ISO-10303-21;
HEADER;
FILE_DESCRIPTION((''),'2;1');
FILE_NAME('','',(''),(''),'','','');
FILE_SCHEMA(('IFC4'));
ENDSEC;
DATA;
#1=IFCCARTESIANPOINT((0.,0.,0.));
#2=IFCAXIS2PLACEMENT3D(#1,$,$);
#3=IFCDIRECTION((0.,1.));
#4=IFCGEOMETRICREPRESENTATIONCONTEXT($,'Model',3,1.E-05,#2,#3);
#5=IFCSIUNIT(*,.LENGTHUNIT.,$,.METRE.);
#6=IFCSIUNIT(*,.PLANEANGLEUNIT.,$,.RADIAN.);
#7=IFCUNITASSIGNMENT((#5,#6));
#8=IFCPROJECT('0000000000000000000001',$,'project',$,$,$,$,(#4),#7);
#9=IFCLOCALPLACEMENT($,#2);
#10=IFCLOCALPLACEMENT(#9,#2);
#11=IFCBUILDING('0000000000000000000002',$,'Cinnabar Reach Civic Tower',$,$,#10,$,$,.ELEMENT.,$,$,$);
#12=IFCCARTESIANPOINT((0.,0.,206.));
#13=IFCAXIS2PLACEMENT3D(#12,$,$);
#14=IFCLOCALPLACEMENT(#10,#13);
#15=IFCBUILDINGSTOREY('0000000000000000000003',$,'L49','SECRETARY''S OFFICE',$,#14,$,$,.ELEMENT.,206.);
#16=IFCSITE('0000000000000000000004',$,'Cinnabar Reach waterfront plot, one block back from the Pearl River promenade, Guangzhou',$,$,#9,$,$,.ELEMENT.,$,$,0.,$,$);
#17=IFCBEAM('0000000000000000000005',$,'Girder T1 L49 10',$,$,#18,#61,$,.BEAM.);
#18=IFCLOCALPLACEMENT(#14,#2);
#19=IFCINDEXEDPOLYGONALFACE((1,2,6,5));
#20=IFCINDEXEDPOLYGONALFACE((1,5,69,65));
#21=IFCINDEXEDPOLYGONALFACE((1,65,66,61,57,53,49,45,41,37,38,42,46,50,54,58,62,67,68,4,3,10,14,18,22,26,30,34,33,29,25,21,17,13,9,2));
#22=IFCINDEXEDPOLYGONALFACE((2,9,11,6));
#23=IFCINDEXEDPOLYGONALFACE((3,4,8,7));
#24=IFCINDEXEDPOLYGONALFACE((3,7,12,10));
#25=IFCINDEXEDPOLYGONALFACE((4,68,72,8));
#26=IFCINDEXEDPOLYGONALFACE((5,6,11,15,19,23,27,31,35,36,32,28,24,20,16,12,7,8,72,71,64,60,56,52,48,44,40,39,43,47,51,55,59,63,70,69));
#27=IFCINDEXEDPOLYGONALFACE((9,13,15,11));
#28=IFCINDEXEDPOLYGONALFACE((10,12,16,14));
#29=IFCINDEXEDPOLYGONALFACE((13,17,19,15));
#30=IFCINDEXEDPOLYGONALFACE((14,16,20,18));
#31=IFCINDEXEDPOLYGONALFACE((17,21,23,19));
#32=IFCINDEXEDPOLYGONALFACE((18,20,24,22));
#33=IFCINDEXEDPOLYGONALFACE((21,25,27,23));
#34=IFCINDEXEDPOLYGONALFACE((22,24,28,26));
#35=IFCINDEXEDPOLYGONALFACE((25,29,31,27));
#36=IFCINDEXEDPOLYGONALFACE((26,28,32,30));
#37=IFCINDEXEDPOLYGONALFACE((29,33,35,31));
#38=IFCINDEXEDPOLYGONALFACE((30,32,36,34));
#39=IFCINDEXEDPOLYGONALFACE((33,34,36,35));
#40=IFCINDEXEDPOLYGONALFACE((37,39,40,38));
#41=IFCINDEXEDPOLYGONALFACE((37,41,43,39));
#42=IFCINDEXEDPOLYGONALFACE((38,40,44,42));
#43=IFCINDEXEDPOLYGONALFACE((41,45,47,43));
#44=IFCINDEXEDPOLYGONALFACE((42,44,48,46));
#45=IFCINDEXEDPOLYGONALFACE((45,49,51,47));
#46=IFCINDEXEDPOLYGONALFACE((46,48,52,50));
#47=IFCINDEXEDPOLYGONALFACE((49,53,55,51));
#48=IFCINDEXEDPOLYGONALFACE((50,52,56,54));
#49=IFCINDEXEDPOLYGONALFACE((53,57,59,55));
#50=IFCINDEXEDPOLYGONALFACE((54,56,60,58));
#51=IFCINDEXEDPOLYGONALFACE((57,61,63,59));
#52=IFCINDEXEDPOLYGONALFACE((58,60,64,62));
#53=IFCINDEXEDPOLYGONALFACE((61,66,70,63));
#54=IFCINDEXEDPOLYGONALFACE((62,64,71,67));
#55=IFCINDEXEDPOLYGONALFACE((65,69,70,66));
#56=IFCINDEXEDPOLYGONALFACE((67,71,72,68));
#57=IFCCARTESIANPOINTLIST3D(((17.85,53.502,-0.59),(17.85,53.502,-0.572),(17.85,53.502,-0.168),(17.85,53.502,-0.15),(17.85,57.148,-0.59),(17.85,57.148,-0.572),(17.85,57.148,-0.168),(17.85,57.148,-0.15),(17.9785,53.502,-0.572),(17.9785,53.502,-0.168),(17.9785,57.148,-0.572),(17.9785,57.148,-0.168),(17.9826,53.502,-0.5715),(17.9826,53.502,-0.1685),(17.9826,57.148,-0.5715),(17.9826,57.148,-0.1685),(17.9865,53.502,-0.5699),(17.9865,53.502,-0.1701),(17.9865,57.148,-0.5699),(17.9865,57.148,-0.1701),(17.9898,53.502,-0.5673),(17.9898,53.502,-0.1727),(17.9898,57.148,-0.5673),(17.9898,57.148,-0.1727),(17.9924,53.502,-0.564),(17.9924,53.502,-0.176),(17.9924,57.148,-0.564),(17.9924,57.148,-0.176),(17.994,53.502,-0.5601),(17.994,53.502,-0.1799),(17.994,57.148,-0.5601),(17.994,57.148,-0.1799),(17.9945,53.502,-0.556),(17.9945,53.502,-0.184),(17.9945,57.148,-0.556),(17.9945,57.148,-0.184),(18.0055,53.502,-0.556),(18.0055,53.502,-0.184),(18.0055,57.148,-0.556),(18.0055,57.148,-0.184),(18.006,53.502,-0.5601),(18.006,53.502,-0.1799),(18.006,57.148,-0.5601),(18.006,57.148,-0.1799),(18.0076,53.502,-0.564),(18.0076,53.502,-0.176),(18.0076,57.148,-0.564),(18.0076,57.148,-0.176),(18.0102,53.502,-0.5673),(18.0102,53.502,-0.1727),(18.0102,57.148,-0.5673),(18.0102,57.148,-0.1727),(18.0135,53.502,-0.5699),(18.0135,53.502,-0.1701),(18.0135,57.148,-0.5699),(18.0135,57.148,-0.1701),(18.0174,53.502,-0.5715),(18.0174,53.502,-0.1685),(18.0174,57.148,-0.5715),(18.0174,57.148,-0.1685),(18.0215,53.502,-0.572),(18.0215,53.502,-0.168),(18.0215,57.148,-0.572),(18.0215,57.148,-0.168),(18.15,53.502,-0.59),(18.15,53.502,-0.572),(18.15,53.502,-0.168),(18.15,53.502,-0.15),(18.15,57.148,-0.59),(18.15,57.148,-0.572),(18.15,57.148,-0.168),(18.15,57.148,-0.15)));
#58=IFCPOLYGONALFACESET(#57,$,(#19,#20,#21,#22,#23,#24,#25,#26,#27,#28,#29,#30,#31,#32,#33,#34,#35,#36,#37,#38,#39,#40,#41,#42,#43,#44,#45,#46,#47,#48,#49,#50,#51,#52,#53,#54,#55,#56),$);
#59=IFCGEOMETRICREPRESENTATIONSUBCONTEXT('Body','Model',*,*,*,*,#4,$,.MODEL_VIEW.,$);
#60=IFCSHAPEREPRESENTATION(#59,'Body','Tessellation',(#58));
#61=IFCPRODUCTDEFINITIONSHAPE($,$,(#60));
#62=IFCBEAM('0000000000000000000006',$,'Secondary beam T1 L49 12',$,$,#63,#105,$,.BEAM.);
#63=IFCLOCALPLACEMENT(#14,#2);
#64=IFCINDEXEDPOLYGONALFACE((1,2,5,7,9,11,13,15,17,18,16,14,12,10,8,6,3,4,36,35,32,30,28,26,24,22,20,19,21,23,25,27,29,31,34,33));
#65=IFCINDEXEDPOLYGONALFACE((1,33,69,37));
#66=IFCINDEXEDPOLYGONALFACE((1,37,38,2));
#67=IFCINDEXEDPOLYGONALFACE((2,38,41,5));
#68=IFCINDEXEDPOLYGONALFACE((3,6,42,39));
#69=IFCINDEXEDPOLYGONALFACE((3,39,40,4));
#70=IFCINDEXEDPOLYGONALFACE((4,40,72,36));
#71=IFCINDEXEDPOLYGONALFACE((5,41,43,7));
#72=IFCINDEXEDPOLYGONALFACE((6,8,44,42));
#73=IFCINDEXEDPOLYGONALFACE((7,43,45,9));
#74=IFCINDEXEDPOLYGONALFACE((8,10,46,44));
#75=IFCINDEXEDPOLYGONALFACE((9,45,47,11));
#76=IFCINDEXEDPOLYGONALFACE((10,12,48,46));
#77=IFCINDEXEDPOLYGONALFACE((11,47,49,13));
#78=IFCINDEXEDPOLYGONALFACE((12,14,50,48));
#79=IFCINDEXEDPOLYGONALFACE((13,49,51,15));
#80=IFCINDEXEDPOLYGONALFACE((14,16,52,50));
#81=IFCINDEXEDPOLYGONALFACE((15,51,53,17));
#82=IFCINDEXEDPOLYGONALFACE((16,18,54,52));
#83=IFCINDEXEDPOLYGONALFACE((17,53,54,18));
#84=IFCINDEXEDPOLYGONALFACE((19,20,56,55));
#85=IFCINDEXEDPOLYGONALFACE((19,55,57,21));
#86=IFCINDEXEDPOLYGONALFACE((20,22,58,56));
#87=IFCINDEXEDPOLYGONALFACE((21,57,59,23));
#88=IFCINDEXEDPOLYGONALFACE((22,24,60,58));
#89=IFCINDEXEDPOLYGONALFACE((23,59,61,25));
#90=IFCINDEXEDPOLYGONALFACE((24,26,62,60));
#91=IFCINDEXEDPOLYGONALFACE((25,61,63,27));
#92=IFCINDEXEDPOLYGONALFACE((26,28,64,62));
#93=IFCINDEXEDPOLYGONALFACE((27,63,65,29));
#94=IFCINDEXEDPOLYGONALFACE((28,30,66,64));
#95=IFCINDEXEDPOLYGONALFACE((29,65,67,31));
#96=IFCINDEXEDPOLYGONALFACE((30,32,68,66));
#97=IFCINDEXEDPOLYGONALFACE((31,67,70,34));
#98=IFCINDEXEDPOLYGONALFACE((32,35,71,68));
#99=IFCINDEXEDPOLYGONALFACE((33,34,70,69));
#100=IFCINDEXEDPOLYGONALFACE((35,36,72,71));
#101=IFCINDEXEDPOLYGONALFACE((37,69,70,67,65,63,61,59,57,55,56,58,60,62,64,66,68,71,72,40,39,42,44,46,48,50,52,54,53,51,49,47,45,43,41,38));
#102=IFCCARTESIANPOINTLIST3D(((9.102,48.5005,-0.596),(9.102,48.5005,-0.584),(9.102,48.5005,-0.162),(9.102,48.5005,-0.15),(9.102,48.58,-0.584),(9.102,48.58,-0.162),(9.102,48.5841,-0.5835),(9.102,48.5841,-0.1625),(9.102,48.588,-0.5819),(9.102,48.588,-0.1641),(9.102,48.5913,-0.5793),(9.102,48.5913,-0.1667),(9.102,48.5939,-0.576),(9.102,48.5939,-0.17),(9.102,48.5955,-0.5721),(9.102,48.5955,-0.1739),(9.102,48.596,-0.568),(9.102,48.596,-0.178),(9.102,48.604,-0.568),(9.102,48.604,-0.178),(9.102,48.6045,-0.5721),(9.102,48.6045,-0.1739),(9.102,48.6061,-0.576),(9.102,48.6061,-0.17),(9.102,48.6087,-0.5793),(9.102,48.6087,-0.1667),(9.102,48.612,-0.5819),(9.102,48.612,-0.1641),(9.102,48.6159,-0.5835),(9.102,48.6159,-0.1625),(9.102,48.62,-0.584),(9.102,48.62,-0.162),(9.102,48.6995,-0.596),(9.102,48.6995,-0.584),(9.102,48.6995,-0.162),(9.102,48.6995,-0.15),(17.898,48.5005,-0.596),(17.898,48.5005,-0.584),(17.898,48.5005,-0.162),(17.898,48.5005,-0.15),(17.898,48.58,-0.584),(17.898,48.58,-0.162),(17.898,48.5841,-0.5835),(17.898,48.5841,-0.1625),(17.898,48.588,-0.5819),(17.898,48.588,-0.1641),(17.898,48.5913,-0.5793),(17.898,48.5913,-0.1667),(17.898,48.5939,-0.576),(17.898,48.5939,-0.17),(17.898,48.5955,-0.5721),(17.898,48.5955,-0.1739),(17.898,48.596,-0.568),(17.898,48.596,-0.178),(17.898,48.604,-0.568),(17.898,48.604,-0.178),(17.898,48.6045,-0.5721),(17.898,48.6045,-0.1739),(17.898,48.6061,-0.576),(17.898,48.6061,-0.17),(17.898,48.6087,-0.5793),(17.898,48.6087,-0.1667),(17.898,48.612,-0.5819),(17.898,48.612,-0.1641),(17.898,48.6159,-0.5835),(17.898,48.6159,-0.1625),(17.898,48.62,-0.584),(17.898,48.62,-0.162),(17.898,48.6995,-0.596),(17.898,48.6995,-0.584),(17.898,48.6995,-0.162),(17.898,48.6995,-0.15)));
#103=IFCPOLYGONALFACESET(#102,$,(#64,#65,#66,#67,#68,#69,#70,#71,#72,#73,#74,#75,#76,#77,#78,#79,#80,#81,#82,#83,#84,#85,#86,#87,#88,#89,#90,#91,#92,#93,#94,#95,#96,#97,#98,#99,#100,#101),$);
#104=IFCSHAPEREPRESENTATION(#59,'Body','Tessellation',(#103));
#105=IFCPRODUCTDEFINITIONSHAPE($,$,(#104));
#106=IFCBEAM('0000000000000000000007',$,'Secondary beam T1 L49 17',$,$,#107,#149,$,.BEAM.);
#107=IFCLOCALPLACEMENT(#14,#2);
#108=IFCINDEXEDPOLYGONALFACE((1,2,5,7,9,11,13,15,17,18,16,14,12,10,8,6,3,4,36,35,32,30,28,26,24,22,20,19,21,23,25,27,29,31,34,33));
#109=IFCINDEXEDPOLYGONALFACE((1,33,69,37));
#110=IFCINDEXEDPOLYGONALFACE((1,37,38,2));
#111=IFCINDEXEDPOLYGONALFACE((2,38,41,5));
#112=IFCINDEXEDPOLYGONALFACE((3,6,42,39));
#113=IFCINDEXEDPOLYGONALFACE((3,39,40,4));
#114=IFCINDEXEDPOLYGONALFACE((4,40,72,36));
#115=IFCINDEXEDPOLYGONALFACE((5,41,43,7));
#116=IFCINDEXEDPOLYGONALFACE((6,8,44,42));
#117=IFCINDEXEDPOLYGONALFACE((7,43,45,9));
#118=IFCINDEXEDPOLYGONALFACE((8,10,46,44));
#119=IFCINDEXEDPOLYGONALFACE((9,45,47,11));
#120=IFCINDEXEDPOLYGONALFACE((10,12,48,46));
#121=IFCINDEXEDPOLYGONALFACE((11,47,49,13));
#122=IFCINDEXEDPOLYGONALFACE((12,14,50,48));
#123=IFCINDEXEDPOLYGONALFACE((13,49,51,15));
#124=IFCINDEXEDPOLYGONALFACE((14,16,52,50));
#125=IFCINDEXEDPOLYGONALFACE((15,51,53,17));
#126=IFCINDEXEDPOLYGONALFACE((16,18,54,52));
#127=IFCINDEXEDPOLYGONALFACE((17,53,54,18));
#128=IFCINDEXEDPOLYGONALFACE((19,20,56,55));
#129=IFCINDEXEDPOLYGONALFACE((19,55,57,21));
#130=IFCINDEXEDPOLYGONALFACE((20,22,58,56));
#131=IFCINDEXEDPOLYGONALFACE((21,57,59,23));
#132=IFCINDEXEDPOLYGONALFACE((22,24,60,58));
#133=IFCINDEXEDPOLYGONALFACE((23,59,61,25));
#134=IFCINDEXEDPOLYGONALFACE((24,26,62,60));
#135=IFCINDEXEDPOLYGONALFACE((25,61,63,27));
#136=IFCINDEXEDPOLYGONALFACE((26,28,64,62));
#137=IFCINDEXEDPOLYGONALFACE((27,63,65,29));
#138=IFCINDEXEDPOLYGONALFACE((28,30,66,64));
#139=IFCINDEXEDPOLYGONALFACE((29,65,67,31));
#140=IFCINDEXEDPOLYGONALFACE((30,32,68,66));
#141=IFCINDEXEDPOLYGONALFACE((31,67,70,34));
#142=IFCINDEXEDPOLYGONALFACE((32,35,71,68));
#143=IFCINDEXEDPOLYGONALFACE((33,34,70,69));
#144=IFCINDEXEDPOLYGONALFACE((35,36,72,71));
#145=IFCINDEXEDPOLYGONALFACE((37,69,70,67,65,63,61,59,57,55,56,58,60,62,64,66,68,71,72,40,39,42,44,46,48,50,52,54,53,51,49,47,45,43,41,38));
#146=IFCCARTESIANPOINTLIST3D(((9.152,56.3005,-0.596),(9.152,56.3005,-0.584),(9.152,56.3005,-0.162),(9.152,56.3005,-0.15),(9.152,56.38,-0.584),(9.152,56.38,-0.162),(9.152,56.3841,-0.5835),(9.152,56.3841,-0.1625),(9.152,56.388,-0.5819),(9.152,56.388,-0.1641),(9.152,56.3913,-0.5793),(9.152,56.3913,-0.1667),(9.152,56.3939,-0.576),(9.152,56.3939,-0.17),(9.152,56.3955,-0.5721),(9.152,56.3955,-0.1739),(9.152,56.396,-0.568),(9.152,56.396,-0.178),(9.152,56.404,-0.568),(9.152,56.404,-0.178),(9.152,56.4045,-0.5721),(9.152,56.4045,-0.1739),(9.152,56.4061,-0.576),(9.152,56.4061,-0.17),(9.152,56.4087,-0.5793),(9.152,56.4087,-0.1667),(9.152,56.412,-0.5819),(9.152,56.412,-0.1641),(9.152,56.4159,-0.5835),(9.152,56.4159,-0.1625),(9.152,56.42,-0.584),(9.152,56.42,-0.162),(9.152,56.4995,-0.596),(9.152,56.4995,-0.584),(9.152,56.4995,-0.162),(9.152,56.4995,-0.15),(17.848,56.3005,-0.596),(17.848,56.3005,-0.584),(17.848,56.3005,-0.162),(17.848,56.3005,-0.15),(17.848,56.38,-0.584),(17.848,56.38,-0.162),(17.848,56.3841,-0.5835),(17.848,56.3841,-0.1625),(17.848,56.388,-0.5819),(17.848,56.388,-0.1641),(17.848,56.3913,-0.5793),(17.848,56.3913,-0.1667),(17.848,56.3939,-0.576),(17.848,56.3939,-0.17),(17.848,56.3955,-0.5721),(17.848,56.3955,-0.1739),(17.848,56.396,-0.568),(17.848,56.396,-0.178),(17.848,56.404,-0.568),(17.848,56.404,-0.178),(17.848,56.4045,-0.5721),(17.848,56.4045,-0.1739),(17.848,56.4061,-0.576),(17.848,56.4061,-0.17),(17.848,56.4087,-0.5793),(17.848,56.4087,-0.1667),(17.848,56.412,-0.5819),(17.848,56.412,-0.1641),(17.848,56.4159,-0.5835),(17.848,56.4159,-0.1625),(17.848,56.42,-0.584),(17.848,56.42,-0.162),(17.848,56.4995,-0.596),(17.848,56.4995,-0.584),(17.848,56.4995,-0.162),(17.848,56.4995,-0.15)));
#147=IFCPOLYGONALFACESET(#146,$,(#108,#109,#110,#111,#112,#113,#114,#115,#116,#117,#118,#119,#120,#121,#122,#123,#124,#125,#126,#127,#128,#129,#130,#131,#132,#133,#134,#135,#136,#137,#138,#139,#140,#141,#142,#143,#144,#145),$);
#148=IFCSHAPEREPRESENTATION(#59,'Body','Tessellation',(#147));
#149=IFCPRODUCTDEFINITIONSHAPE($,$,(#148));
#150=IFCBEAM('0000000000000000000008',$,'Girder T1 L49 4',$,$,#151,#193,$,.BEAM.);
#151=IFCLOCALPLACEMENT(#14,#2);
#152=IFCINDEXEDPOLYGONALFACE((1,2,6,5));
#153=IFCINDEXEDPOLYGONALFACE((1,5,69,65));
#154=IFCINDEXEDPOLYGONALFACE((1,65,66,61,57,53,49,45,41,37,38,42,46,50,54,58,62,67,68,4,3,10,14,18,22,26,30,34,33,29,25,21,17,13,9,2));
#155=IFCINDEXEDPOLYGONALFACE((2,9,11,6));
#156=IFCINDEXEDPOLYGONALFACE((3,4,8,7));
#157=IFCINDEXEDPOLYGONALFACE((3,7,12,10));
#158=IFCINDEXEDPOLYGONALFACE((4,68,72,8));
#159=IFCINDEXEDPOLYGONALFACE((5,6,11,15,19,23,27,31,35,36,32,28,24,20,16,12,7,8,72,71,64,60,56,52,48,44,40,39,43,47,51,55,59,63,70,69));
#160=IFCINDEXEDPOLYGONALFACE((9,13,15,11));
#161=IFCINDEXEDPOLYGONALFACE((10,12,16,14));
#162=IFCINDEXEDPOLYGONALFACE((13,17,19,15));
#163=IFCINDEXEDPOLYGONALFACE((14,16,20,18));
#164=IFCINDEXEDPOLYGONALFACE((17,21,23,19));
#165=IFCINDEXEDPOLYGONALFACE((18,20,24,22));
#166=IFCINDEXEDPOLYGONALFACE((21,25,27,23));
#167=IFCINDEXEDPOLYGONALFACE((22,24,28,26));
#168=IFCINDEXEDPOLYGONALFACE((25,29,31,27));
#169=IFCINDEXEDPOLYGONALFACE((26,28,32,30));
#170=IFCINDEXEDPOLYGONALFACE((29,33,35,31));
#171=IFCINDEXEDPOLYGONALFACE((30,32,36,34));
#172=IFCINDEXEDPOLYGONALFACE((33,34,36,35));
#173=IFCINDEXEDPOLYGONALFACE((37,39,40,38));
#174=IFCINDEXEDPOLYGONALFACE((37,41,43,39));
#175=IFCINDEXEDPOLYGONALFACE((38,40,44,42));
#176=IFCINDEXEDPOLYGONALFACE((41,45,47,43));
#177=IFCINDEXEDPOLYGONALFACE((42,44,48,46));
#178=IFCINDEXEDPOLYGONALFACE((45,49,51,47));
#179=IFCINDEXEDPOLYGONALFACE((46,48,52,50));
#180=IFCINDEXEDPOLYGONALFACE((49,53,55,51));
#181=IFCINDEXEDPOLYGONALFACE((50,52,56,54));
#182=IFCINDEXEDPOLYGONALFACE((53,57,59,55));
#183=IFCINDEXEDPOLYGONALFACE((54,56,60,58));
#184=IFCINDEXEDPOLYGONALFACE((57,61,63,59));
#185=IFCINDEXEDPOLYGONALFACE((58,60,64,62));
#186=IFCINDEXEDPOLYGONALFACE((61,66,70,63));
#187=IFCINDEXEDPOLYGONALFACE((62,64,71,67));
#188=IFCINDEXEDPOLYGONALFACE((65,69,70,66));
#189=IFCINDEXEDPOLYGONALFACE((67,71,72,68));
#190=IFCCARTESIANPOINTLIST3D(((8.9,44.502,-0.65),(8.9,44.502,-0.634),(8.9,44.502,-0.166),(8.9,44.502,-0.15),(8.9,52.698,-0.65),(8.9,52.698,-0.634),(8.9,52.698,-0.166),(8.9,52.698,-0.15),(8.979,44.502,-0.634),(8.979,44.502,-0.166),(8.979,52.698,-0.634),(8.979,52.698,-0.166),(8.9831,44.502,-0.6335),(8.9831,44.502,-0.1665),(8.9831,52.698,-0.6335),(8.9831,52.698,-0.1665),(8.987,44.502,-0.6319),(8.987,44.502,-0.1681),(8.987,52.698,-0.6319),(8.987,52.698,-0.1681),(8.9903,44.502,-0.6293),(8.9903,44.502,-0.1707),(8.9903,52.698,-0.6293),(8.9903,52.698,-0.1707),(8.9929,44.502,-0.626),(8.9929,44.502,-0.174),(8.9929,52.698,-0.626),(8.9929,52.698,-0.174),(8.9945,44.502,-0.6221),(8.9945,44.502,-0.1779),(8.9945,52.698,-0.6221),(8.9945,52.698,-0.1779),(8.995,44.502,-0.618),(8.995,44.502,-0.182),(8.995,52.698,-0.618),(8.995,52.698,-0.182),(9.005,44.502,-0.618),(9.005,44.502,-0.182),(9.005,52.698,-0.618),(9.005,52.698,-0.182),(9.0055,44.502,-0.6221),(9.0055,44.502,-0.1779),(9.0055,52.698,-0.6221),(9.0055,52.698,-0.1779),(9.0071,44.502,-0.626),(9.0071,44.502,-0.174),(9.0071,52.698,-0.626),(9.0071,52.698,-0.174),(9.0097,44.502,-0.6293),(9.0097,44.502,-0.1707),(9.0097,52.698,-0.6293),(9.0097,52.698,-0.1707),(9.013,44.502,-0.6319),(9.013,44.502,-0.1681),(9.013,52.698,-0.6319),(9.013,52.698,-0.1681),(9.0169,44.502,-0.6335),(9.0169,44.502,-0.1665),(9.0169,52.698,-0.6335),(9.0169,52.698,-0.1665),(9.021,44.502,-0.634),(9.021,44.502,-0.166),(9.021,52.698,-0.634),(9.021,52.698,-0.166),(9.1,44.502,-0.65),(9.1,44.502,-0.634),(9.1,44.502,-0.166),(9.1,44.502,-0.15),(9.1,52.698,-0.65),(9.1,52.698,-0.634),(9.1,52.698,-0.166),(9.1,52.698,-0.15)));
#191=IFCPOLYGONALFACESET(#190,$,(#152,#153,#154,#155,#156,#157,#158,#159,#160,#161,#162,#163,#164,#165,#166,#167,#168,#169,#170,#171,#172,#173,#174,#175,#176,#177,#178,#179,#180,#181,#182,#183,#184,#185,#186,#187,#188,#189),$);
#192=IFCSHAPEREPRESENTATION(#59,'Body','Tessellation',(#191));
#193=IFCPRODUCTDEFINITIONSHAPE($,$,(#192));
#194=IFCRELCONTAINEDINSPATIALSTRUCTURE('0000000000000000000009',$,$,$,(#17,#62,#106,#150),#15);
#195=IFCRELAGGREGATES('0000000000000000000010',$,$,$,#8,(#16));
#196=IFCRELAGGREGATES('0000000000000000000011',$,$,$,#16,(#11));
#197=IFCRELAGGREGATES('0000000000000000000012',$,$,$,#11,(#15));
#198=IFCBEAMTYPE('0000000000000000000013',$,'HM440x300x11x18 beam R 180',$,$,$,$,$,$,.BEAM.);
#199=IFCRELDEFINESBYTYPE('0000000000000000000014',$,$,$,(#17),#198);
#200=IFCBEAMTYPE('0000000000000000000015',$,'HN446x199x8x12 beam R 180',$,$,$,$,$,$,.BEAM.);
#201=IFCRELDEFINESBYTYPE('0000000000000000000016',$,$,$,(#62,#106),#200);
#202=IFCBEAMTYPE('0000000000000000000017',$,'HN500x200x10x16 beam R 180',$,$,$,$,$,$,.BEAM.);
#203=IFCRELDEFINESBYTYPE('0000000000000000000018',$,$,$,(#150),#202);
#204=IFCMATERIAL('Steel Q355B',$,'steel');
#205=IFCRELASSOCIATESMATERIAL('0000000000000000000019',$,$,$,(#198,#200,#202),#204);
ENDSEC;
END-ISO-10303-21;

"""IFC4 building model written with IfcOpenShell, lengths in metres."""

from ifc_helpers import new_model, si_unit, direction, frame, origin, origin_2d, place, context, subcontext, project, spatial, i_section, extrude, material, material_profile, profile_set, type_object, element, save


model = new_model("IFC4")

# Units and contexts
model_context = context("Model", 3, precision=1e-05, world=origin(), true_north=direction((0.0, 1.0)))
body_context = subcontext(model_context, "Body", "Model", "MODEL_VIEW")
ifc_project = project(units=[si_unit("LENGTHUNIT", "METRE"), si_unit("PLANEANGLEUNIT", "RADIAN")], contexts=[model_context])

# Site, building, storey
site_placement = place(None, origin())
site = spatial("IfcSite", under=ifc_project, at=site_placement, Name="Cinnabar Reach waterfront plot, one block back from the Pearl River promenade, Guangzhou", CompositionType="ELEMENT", RefElevation=0.0)
building_placement = place(site_placement, origin())
building = spatial("IfcBuilding", under=site, at=building_placement, Name="Cinnabar Reach Civic Tower", CompositionType="ELEMENT")
storey_placement = place(building_placement, frame((0.0, 0.0, 206.0)))
storey = spatial("IfcBuildingStorey", under=building, at=storey_placement, Name="L49", Description="SECRETARY'S OFFICE", CompositionType="ELEMENT", Elevation=206.0)

# Beams
ifc_material_1 = material(Name="Steel Q355B", Category="steel")
ifc_material_profile_1 = material_profile(ifc_material_1, i_section(OverallWidth=0.3, OverallDepth=0.44, WebThickness=0.011, FlangeThickness=0.018, FilletRadius=0.016, at=origin_2d()), Name="HM440x300x11x18")
ifc_profile_set_1 = profile_set([ifc_material_profile_1], Name="Steel Q355B")
beam_type_1 = type_object("IfcBeamType", Name="HM440x300x11x18 beam R 180", PredefinedType="BEAM", material=ifc_profile_set_1)
for number, where, z_axis, x_axis, name in (
    (1, (18.0, 53.502, -0.37), (0.0, 1.0, 0.0), (-1.0, 0.0, 0.0), "Girder T1 L49 10"),
):
    element("IfcBeam", number, at=place(storey_placement, frame(where, z_axis=z_axis, x_axis=x_axis)), inside=storey, type_object=beam_type_1, Name=name, PredefinedType="BEAM", context=body_context, shape_type="SweptSolid", body=[
        extrude(i_section(OverallWidth=0.3, OverallDepth=0.44, WebThickness=0.011, FlangeThickness=0.018, FilletRadius=0.016, at=origin_2d()), origin(), (0.0, 0.0, 1.0), 3.646),
    ])
ifc_material_profile_2 = material_profile(ifc_material_1, i_section(OverallWidth=0.199, OverallDepth=0.446, WebThickness=0.008, FlangeThickness=0.012, FilletRadius=0.016, at=origin_2d()), Name="HN446x199x8x12")
ifc_profile_set_2 = profile_set([ifc_material_profile_2], Name="Steel Q355B")
beam_type_2 = type_object("IfcBeamType", Name="HN446x199x8x12 beam R 180", PredefinedType="BEAM", material=ifc_profile_set_2)
beam_1_placement = place(storey_placement, frame((9.102, 48.6, -0.373), z_axis=(1.0, 0.0, 0.0), x_axis=(0.0, 1.0, 0.0)))
element("IfcBeam", 2, at=beam_1_placement, inside=storey, type_object=beam_type_2, Name="Secondary beam T1 L49 12", PredefinedType="BEAM", context=body_context, shape_type="SweptSolid", body=[
    extrude(i_section(OverallWidth=0.199, OverallDepth=0.446, WebThickness=0.008, FlangeThickness=0.012, FilletRadius=0.016, at=origin_2d()), origin(), (0.0, 0.0, 1.0), 8.796),
])
beam_2_placement = place(storey_placement, frame((9.152, 56.4, -0.373), z_axis=(1.0, 0.0, 0.0), x_axis=(0.0, 1.0, 0.0)))
element("IfcBeam", 3, at=beam_2_placement, inside=storey, type_object=beam_type_2, Name="Secondary beam T1 L49 17", PredefinedType="BEAM", context=body_context, shape_type="SweptSolid", body=[
    extrude(i_section(OverallWidth=0.199, OverallDepth=0.446, WebThickness=0.008, FlangeThickness=0.012, FilletRadius=0.016, at=origin_2d()), origin(), (0.0, 0.0, 1.0), 8.696),
])
ifc_material_profile_3 = material_profile(ifc_material_1, i_section(OverallWidth=0.2, OverallDepth=0.5, WebThickness=0.01, FlangeThickness=0.016, FilletRadius=0.016, at=origin_2d()), Name="HN500x200x10x16")
ifc_profile_set_3 = profile_set([ifc_material_profile_3], Name="Steel Q355B")
beam_type_3 = type_object("IfcBeamType", Name="HN500x200x10x16 beam R 180", PredefinedType="BEAM", material=ifc_profile_set_3)
for number, where, z_axis, x_axis, name in (
    (4, (9.0, 44.502, -0.4), (0.0, 1.0, 0.0), (-1.0, 0.0, 0.0), "Girder T1 L49 4"),
):
    element("IfcBeam", number, at=place(storey_placement, frame(where, z_axis=z_axis, x_axis=x_axis)), inside=storey, type_object=beam_type_3, Name=name, PredefinedType="BEAM", context=body_context, shape_type="SweptSolid", body=[
        extrude(i_section(OverallWidth=0.2, OverallDepth=0.5, WebThickness=0.01, FlangeThickness=0.016, FilletRadius=0.016, at=origin_2d()), origin(), (0.0, 0.0, 1.0), 8.196),
    ])

save(model, "model.ifc")
